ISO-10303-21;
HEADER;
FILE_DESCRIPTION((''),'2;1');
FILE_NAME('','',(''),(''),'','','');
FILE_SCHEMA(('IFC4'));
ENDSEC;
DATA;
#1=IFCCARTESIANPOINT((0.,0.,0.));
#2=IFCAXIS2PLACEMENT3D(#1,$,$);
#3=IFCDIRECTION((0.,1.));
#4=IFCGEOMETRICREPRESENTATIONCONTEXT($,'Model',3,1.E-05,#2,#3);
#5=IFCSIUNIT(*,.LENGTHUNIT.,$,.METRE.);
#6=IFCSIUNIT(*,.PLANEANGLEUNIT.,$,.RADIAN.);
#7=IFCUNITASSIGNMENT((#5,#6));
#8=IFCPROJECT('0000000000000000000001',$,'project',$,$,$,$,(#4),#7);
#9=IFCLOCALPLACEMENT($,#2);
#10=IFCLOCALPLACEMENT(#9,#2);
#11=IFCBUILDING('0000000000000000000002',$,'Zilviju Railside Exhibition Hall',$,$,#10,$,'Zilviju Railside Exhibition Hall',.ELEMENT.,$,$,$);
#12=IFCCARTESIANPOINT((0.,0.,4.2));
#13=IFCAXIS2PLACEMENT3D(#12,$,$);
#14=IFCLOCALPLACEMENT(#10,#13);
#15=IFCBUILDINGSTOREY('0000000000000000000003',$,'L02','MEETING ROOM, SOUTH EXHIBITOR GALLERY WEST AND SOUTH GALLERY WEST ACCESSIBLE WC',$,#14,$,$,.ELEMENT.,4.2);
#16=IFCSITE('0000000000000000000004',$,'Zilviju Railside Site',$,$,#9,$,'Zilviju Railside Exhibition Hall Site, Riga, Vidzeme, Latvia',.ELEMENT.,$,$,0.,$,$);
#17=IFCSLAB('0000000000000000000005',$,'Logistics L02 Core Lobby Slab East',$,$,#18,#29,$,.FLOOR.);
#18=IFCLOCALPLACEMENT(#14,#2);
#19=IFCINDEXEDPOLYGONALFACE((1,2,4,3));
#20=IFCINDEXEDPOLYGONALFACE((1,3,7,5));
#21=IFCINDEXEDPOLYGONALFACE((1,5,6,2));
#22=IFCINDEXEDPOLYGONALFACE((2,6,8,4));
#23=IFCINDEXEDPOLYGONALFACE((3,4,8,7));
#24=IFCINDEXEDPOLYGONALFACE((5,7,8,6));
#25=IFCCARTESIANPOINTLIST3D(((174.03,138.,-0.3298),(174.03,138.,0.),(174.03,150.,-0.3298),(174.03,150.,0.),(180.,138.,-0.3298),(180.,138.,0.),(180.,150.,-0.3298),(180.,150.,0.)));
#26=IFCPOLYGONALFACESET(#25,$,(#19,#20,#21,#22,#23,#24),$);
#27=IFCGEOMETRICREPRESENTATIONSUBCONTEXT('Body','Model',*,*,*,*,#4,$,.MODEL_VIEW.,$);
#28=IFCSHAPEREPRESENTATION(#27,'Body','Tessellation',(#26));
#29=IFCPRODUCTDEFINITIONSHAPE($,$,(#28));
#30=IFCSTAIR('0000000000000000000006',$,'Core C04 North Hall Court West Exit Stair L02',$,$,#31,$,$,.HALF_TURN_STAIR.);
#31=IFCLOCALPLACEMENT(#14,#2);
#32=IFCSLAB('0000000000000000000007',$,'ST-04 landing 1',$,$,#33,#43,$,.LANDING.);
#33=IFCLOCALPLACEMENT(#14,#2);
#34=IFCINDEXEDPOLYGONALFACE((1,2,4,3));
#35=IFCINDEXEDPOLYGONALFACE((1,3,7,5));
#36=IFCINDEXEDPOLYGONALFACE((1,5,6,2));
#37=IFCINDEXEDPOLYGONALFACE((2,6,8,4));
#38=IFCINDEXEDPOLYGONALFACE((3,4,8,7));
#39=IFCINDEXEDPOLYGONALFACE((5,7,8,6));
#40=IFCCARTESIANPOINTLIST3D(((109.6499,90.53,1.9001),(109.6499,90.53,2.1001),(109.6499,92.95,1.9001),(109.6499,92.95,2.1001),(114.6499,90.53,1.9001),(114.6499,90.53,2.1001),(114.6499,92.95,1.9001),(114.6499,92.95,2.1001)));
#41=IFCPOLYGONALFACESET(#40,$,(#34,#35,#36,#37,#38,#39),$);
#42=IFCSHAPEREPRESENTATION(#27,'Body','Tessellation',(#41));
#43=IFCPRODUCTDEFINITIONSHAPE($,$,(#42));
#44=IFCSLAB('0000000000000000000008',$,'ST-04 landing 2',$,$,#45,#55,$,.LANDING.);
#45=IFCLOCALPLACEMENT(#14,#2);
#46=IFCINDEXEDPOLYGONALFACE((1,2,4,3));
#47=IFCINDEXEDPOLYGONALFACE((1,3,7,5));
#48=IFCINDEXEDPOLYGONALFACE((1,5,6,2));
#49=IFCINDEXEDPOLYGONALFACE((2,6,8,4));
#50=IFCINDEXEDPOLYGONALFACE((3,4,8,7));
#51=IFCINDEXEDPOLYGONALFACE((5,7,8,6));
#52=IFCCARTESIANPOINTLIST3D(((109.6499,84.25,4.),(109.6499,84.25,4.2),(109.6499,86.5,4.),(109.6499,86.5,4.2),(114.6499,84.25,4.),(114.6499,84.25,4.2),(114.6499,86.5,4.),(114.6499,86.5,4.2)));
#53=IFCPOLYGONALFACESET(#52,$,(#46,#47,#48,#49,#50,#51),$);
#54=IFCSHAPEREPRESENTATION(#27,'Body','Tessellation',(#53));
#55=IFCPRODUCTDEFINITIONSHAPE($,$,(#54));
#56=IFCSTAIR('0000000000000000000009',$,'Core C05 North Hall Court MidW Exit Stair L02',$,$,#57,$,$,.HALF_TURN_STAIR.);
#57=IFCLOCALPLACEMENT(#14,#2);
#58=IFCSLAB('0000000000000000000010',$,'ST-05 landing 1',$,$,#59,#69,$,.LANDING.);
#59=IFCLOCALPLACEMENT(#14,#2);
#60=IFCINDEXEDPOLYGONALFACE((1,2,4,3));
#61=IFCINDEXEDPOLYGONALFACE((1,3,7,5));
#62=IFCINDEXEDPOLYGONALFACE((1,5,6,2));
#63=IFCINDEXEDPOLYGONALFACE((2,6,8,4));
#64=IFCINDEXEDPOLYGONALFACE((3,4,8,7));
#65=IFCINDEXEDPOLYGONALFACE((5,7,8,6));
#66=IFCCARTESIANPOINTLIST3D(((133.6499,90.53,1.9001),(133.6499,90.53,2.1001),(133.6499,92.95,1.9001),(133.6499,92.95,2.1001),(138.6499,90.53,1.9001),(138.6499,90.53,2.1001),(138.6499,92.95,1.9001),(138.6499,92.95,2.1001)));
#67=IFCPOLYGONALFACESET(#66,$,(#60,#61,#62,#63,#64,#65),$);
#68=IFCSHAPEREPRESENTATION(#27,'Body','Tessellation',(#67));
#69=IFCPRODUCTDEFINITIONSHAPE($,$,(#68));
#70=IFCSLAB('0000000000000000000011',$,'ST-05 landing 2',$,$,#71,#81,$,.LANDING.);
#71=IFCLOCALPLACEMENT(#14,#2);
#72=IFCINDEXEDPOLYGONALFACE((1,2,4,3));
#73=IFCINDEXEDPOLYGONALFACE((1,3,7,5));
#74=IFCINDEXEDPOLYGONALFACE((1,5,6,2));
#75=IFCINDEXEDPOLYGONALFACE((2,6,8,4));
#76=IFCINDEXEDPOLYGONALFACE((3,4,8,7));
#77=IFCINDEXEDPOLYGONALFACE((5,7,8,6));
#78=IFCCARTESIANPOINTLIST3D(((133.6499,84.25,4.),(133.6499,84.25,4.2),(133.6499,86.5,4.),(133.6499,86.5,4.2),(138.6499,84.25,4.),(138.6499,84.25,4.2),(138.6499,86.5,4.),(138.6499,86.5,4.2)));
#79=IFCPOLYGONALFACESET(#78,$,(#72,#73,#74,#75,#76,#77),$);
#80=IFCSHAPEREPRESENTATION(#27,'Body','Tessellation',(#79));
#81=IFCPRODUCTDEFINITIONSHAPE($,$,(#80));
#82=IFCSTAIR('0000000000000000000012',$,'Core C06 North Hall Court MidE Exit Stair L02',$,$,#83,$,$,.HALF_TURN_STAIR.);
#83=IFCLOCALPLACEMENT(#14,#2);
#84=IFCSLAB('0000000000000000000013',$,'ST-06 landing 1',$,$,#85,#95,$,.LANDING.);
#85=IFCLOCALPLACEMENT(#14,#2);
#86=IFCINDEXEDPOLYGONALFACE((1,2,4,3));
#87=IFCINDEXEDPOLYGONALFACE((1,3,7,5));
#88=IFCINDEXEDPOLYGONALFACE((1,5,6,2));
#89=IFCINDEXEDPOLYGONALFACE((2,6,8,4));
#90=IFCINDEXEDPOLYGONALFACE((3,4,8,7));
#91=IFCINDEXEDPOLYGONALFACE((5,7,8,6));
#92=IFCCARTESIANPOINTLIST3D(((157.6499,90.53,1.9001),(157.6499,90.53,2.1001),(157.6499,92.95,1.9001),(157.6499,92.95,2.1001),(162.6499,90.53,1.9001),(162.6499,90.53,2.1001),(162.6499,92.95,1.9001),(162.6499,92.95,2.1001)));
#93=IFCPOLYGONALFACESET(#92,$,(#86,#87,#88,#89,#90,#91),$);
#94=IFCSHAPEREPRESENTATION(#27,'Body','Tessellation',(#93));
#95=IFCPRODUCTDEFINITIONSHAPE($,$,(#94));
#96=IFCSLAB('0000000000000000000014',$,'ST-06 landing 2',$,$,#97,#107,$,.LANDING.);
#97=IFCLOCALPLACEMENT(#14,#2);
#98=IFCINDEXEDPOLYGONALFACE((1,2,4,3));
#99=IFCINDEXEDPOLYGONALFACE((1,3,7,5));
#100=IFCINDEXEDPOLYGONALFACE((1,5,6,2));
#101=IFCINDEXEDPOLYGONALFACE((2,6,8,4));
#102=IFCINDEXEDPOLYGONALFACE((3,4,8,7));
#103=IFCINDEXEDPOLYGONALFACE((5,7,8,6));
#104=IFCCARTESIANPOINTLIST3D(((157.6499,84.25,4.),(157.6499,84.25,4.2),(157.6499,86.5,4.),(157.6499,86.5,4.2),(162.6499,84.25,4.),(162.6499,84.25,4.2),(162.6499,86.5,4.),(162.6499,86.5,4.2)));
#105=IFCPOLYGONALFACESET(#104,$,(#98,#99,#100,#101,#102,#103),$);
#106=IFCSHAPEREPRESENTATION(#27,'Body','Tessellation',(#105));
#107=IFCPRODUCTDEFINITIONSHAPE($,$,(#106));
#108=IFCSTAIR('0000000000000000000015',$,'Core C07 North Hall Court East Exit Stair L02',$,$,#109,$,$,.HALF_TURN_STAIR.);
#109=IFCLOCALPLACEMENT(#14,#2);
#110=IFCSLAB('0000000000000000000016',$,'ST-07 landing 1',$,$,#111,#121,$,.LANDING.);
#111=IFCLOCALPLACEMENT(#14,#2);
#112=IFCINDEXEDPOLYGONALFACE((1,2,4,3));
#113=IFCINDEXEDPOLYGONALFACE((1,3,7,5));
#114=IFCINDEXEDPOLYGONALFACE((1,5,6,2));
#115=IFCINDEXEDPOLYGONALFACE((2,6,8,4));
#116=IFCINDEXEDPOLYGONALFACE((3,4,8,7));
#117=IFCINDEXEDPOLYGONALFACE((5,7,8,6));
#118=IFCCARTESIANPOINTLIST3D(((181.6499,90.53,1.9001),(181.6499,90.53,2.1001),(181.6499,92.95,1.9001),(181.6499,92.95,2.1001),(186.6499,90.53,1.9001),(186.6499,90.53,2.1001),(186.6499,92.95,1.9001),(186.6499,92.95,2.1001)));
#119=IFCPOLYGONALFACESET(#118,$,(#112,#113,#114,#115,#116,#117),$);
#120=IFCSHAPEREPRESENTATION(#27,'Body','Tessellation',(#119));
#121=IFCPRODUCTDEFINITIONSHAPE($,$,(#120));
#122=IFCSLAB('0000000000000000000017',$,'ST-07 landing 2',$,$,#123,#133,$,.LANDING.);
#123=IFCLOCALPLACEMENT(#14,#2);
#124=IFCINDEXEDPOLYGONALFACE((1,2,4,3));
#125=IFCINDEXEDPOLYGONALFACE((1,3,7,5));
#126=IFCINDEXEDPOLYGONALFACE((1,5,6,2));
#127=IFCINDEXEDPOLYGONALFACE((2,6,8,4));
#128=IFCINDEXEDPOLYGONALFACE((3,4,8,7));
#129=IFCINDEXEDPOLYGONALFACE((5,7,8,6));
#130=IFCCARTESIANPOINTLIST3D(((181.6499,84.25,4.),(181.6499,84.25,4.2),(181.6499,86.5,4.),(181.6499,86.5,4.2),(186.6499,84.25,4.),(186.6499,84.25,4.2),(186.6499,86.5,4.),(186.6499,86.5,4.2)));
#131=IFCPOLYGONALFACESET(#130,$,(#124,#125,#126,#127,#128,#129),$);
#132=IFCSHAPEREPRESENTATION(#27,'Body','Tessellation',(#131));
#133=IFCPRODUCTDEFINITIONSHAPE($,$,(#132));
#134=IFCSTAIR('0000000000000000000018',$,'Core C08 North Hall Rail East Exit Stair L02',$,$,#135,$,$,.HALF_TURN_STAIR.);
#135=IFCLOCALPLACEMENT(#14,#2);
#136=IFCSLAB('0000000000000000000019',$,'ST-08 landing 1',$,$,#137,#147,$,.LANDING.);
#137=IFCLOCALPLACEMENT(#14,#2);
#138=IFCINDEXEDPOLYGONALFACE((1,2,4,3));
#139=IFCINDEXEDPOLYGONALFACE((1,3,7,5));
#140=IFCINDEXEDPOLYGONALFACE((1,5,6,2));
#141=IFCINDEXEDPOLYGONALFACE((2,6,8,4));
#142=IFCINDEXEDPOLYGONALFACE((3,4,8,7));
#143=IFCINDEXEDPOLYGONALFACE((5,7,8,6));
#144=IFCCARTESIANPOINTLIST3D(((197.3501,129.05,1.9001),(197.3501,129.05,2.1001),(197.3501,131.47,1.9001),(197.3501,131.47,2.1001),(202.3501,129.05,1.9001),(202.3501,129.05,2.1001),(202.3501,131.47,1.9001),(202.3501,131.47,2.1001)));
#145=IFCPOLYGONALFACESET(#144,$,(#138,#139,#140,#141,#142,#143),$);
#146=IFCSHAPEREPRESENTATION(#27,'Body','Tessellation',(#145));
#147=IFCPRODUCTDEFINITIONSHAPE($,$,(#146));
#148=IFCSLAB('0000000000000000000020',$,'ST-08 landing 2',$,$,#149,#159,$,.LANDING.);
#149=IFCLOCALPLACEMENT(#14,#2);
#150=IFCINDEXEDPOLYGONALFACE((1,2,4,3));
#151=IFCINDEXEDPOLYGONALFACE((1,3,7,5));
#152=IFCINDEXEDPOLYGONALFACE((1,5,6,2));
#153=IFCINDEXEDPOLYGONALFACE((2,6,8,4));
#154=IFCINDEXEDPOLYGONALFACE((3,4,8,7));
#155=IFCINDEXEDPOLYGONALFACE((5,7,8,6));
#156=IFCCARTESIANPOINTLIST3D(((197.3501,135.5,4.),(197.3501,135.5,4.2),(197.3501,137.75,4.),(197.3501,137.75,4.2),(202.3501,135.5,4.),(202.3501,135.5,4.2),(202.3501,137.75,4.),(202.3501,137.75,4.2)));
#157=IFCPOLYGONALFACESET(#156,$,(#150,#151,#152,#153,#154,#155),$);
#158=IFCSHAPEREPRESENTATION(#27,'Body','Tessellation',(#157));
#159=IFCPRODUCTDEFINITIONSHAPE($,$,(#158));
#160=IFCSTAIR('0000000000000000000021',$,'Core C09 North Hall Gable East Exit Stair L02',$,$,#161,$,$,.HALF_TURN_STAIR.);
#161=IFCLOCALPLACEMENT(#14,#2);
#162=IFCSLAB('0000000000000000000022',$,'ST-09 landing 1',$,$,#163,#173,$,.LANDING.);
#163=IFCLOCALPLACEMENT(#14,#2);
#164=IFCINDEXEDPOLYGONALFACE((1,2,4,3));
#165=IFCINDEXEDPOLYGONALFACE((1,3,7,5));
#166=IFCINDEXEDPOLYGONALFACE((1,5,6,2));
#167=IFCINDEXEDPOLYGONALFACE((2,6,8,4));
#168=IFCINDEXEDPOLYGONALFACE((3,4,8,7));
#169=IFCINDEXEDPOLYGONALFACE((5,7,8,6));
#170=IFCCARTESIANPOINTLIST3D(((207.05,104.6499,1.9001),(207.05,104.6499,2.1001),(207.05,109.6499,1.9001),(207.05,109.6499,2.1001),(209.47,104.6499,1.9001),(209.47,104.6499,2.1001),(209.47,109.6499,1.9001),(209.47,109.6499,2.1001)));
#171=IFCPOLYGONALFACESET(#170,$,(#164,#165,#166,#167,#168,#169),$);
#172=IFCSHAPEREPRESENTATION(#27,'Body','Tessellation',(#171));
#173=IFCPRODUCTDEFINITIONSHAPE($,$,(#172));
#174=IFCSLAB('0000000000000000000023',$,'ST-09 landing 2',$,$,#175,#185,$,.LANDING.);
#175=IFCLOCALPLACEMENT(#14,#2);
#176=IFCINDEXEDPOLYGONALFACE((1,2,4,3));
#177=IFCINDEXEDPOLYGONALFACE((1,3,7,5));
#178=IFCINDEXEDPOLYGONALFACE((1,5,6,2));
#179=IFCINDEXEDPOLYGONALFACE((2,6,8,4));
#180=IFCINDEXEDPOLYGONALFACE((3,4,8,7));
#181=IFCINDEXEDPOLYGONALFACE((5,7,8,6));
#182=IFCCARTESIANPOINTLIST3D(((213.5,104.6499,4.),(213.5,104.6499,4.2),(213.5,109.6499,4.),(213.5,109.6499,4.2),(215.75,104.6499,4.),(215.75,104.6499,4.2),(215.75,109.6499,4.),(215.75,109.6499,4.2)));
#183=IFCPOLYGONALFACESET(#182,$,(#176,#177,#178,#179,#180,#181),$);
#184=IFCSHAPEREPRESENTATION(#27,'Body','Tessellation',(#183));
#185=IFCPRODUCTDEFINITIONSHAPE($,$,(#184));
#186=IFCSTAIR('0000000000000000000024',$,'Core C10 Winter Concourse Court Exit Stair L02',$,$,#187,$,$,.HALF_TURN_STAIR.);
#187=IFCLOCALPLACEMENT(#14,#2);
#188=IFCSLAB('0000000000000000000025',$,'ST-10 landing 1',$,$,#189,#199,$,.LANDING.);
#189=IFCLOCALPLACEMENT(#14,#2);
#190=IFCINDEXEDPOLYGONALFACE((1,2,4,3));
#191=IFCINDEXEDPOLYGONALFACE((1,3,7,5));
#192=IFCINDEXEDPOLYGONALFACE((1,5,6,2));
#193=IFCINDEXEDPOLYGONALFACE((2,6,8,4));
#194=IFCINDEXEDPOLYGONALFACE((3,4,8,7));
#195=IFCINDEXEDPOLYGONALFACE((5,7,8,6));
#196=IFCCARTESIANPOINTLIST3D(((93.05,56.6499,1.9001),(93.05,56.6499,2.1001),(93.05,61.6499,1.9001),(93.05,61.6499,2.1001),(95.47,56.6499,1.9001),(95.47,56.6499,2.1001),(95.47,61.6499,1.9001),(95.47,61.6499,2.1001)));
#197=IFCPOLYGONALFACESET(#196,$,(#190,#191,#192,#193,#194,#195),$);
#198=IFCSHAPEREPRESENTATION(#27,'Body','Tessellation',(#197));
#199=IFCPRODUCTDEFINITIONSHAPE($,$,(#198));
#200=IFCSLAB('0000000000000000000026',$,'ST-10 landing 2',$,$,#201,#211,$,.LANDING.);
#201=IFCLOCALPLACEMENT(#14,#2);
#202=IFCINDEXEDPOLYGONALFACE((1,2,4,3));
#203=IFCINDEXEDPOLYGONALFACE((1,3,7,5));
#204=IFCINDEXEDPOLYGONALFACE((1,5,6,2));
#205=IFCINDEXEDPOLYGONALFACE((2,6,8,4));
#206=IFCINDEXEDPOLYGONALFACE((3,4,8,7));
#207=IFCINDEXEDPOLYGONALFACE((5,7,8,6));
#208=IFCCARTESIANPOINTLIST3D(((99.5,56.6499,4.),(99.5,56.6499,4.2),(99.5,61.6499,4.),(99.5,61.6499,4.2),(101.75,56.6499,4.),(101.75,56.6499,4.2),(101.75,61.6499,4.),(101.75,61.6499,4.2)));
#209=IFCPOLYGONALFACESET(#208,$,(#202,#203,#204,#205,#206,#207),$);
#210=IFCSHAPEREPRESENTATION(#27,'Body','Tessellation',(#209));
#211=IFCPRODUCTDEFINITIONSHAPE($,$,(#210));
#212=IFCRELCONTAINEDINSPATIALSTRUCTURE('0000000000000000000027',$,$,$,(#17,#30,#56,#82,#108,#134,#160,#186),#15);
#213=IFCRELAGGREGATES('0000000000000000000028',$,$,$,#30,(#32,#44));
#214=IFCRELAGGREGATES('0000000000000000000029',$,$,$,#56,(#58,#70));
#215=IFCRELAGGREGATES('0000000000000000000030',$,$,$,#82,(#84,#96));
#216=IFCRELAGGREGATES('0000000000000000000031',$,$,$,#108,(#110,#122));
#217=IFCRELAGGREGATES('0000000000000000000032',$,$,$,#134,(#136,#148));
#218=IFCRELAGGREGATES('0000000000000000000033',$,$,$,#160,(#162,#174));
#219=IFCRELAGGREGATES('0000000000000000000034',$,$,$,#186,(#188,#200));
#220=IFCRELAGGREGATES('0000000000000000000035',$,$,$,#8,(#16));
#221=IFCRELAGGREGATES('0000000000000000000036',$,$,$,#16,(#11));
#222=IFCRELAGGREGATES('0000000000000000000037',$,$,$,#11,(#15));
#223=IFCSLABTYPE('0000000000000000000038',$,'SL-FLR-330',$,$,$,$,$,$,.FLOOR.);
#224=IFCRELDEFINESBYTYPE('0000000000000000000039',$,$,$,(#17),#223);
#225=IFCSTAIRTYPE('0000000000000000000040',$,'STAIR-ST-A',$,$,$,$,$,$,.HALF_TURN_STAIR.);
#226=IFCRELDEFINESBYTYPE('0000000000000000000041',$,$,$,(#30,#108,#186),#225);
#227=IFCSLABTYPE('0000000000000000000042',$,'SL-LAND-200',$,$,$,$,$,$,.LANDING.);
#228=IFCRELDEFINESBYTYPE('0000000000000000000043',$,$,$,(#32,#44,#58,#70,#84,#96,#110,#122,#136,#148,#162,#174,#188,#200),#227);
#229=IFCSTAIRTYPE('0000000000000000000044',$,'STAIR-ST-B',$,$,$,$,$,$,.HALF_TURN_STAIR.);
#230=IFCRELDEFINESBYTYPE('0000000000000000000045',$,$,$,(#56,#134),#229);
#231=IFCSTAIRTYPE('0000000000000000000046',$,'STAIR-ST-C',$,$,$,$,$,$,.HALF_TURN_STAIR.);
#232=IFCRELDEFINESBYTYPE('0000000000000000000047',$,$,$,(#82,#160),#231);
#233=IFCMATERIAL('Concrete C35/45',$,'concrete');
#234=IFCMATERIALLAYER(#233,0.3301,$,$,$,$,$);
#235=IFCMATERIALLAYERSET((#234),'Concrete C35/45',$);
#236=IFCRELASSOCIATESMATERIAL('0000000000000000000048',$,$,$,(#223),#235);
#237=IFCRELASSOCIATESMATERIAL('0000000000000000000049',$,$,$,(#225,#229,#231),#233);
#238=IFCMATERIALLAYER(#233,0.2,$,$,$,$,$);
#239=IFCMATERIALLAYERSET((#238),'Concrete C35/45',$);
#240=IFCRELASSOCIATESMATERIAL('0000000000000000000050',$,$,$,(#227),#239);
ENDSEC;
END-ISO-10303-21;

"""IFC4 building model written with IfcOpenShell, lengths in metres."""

from ifc_helpers import new_model, si_unit, direction, frame, origin, place, context, subcontext, project, spatial, polyline, outline, extrude, material, layer, layer_set, type_object, element, aggregate, save


model = new_model("IFC4")

# Units and contexts
model_context = context("Model", 3, precision=1e-05, world=origin(), true_north=direction((0.0, 1.0)))
body_context = subcontext(model_context, "Body", "Model", "MODEL_VIEW")
ifc_project = project(units=[si_unit("LENGTHUNIT", "METRE"), si_unit("PLANEANGLEUNIT", "RADIAN")], contexts=[model_context])

# Site, building, storey
site_placement = place(None, origin())
site = spatial("IfcSite", under=ifc_project, at=site_placement, Name="Zilviju Railside Site", LongName="Zilviju Railside Exhibition Hall Site, Riga, Vidzeme, Latvia", CompositionType="ELEMENT", RefElevation=0.0)
building_placement = place(site_placement, origin())
building = spatial("IfcBuilding", under=site, at=building_placement, Name="Zilviju Railside Exhibition Hall", LongName="Zilviju Railside Exhibition Hall", CompositionType="ELEMENT")
storey_placement = place(building_placement, frame((0.0, 0.0, 4.2)))
storey = spatial("IfcBuildingStorey", under=building, at=storey_placement, Name="L02", Description="MEETING ROOM, SOUTH EXHIBITOR GALLERY WEST AND SOUTH GALLERY WEST ACCESSIBLE WC", CompositionType="ELEMENT", Elevation=4.2)

# Slab
ifc_material = material(Name="Concrete C35/45", Category="concrete")
ifc_layer_1 = layer(ifc_material, 0.3301)
ifc_layer_set_1 = layer_set([ifc_layer_1], Name="Concrete C35/45")
slab_type_1 = type_object("IfcSlabType", Name="SL-FLR-330", PredefinedType="FLOOR", material=ifc_layer_set_1)
slab_1_placement = place(storey_placement, frame((0.0, 0.0, -0.3298)))
element("IfcSlab", 1, at=slab_1_placement, inside=storey, type_object=slab_type_1, Name="Logistics L02 Core Lobby Slab East", PredefinedType="FLOOR", context=body_context, shape_type="SweptSolid", body=[
    extrude(outline(polyline([(174.03, 138.0), (180.0, 138.0), (180.0, 150.0), (174.03, 150.0), (174.03, 138.0)])), origin(), (0.0, 0.0, 1.0), 0.3298),
])

# Stairs, slabs
stair_type_1 = type_object("IfcStairType", Name="STAIR-ST-A", PredefinedType="HALF_TURN_STAIR", material=ifc_material)
stair_1_placement = place(storey_placement, origin())
stair_1 = element("IfcStair", 2, at=stair_1_placement, inside=storey, type_object=stair_type_1, Name="Core C04 North Hall Court West Exit Stair L02", PredefinedType="HALF_TURN_STAIR")
ifc_layer_2 = layer(ifc_material, 0.2)
ifc_layer_set_2 = layer_set([ifc_layer_2], Name="Concrete C35/45")
slab_type_2 = type_object("IfcSlabType", Name="SL-LAND-200", PredefinedType="LANDING", material=ifc_layer_set_2)
slab_2_placement = place(storey_placement, frame((0.0, 0.0, 1.9001)))
slab_2 = element("IfcSlab", 3, at=slab_2_placement, type_object=slab_type_2, Name="ST-04 landing 1", PredefinedType="LANDING", context=body_context, shape_type="SweptSolid", body=[
    extrude(outline(polyline([(109.6499, 90.53), (114.6499, 90.53), (114.6499, 92.95), (109.6499, 92.95), (109.6499, 90.53)])), origin(), (0.0, 0.0, 1.0), 0.2),
])
slab_3_placement = place(storey_placement, frame((0.0, 0.0, 4.0)))
slab_3 = element("IfcSlab", 4, at=slab_3_placement, type_object=slab_type_2, Name="ST-04 landing 2", PredefinedType="LANDING", context=body_context, shape_type="SweptSolid", body=[
    extrude(outline(polyline([(109.6499, 84.25), (114.6499, 84.25), (114.6499, 86.5), (109.6499, 86.5), (109.6499, 84.25)])), origin(), (0.0, 0.0, 1.0), 0.2),
])
aggregate(stair_1, [slab_2, slab_3])
stair_type_2 = type_object("IfcStairType", Name="STAIR-ST-B", PredefinedType="HALF_TURN_STAIR", material=ifc_material)
stair_2_placement = place(storey_placement, origin())
stair_2 = element("IfcStair", 5, at=stair_2_placement, inside=storey, type_object=stair_type_2, Name="Core C05 North Hall Court MidW Exit Stair L02", PredefinedType="HALF_TURN_STAIR")
slab_4_placement = place(storey_placement, frame((0.0, 0.0, 1.9001)))
slab_4 = element("IfcSlab", 6, at=slab_4_placement, type_object=slab_type_2, Name="ST-05 landing 1", PredefinedType="LANDING", context=body_context, shape_type="SweptSolid", body=[
    extrude(outline(polyline([(133.6499, 90.53), (138.6499, 90.53), (138.6499, 92.95), (133.6499, 92.95), (133.6499, 90.53)])), origin(), (0.0, 0.0, 1.0), 0.2),
])
slab_5_placement = place(storey_placement, frame((0.0, 0.0, 4.0)))
slab_5 = element("IfcSlab", 7, at=slab_5_placement, type_object=slab_type_2, Name="ST-05 landing 2", PredefinedType="LANDING", context=body_context, shape_type="SweptSolid", body=[
    extrude(outline(polyline([(133.6499, 84.25), (138.6499, 84.25), (138.6499, 86.5), (133.6499, 86.5), (133.6499, 84.25)])), origin(), (0.0, 0.0, 1.0), 0.2),
])
aggregate(stair_2, [slab_4, slab_5])
stair_type_3 = type_object("IfcStairType", Name="STAIR-ST-C", PredefinedType="HALF_TURN_STAIR", material=ifc_material)
stair_3_placement = place(storey_placement, origin())
stair_3 = element("IfcStair", 8, at=stair_3_placement, inside=storey, type_object=stair_type_3, Name="Core C06 North Hall Court MidE Exit Stair L02", PredefinedType="HALF_TURN_STAIR")
slab_6_placement = place(storey_placement, frame((0.0, 0.0, 1.9001)))
slab_6 = element("IfcSlab", 9, at=slab_6_placement, type_object=slab_type_2, Name="ST-06 landing 1", PredefinedType="LANDING", context=body_context, shape_type="SweptSolid", body=[
    extrude(outline(polyline([(157.6499, 90.53), (162.6499, 90.53), (162.6499, 92.95), (157.6499, 92.95), (157.6499, 90.53)])), origin(), (0.0, 0.0, 1.0), 0.2),
])
slab_7_placement = place(storey_placement, frame((0.0, 0.0, 4.0)))
slab_7 = element("IfcSlab", 10, at=slab_7_placement, type_object=slab_type_2, Name="ST-06 landing 2", PredefinedType="LANDING", context=body_context, shape_type="SweptSolid", body=[
    extrude(outline(polyline([(157.6499, 84.25), (162.6499, 84.25), (162.6499, 86.5), (157.6499, 86.5), (157.6499, 84.25)])), origin(), (0.0, 0.0, 1.0), 0.2),
])
aggregate(stair_3, [slab_6, slab_7])
stair_4_placement = place(storey_placement, origin())
stair_4 = element("IfcStair", 11, at=stair_4_placement, inside=storey, type_object=stair_type_1, Name="Core C07 North Hall Court East Exit Stair L02", PredefinedType="HALF_TURN_STAIR")
slab_8_placement = place(storey_placement, frame((0.0, 0.0, 1.9001)))
slab_8 = element("IfcSlab", 12, at=slab_8_placement, type_object=slab_type_2, Name="ST-07 landing 1", PredefinedType="LANDING", context=body_context, shape_type="SweptSolid", body=[
    extrude(outline(polyline([(181.6499, 90.53), (186.6499, 90.53), (186.6499, 92.95), (181.6499, 92.95), (181.6499, 90.53)])), origin(), (0.0, 0.0, 1.0), 0.2),
])
slab_9_placement = place(storey_placement, frame((0.0, 0.0, 4.0)))
slab_9 = element("IfcSlab", 13, at=slab_9_placement, type_object=slab_type_2, Name="ST-07 landing 2", PredefinedType="LANDING", context=body_context, shape_type="SweptSolid", body=[
    extrude(outline(polyline([(181.6499, 84.25), (186.6499, 84.25), (186.6499, 86.5), (181.6499, 86.5), (181.6499, 84.25)])), origin(), (0.0, 0.0, 1.0), 0.2),
])
aggregate(stair_4, [slab_8, slab_9])
stair_5_placement = place(storey_placement, origin())
stair_5 = element("IfcStair", 14, at=stair_5_placement, inside=storey, type_object=stair_type_2, Name="Core C08 North Hall Rail East Exit Stair L02", PredefinedType="HALF_TURN_STAIR")
slab_10_placement = place(storey_placement, frame((0.0, 0.0, 1.9001)))
slab_10 = element("IfcSlab", 15, at=slab_10_placement, type_object=slab_type_2, Name="ST-08 landing 1", PredefinedType="LANDING", context=body_context, shape_type="SweptSolid", body=[
    extrude(outline(polyline([(202.3501, 131.47), (197.3501, 131.47), (197.3501, 129.05), (202.3501, 129.05), (202.3501, 131.47)])), origin(), (0.0, 0.0, 1.0), 0.2),
])
slab_11_placement = place(storey_placement, frame((0.0, 0.0, 4.0)))
slab_11 = element("IfcSlab", 16, at=slab_11_placement, type_object=slab_type_2, Name="ST-08 landing 2", PredefinedType="LANDING", context=body_context, shape_type="SweptSolid", body=[
    extrude(outline(polyline([(202.3501, 137.75), (197.3501, 137.75), (197.3501, 135.5), (202.3501, 135.5), (202.3501, 137.75)])), origin(), (0.0, 0.0, 1.0), 0.2),
])
aggregate(stair_5, [slab_10, slab_11])
stair_6_placement = place(storey_placement, origin())
stair_6 = element("IfcStair", 17, at=stair_6_placement, inside=storey, type_object=stair_type_3, Name="Core C09 North Hall Gable East Exit Stair L02", PredefinedType="HALF_TURN_STAIR")
slab_12_placement = place(storey_placement, frame((0.0, 0.0, 1.9001)))
slab_12 = element("IfcSlab", 18, at=slab_12_placement, type_object=slab_type_2, Name="ST-09 landing 1", PredefinedType="LANDING", context=body_context, shape_type="SweptSolid", body=[
    extrude(outline(polyline([(209.47, 104.6499), (209.47, 109.6499), (207.05, 109.6499), (207.05, 104.6499), (209.47, 104.6499)])), origin(), (0.0, 0.0, 1.0), 0.2),
])
slab_13_placement = place(storey_placement, frame((0.0, 0.0, 4.0)))
slab_13 = element("IfcSlab", 19, at=slab_13_placement, type_object=slab_type_2, Name="ST-09 landing 2", PredefinedType="LANDING", context=body_context, shape_type="SweptSolid", body=[
    extrude(outline(polyline([(215.75, 104.6499), (215.75, 109.6499), (213.5, 109.6499), (213.5, 104.6499), (215.75, 104.6499)])), origin(), (0.0, 0.0, 1.0), 0.2),
])
aggregate(stair_6, [slab_12, slab_13])
stair_7_placement = place(storey_placement, origin())
stair_7 = element("IfcStair", 20, at=stair_7_placement, inside=storey, type_object=stair_type_1, Name="Core C10 Winter Concourse Court Exit Stair L02", PredefinedType="HALF_TURN_STAIR")
slab_14_placement = place(storey_placement, frame((0.0, 0.0, 1.9001)))
slab_14 = element("IfcSlab", 21, at=slab_14_placement, type_object=slab_type_2, Name="ST-10 landing 1", PredefinedType="LANDING", context=body_context, shape_type="SweptSolid", body=[
    extrude(outline(polyline([(95.47, 56.6499), (95.47, 61.6499), (93.05, 61.6499), (93.05, 56.6499), (95.47, 56.6499)])), origin(), (0.0, 0.0, 1.0), 0.2),
])
slab_15_placement = place(storey_placement, frame((0.0, 0.0, 4.0)))
slab_15 = element("IfcSlab", 22, at=slab_15_placement, type_object=slab_type_2, Name="ST-10 landing 2", PredefinedType="LANDING", context=body_context, shape_type="SweptSolid", body=[
    extrude(outline(polyline([(101.75, 56.6499), (101.75, 61.6499), (99.5, 61.6499), (99.5, 56.6499), (101.75, 56.6499)])), origin(), (0.0, 0.0, 1.0), 0.2),
])
aggregate(stair_7, [slab_14, slab_15])

save(model, "model.ifc")
